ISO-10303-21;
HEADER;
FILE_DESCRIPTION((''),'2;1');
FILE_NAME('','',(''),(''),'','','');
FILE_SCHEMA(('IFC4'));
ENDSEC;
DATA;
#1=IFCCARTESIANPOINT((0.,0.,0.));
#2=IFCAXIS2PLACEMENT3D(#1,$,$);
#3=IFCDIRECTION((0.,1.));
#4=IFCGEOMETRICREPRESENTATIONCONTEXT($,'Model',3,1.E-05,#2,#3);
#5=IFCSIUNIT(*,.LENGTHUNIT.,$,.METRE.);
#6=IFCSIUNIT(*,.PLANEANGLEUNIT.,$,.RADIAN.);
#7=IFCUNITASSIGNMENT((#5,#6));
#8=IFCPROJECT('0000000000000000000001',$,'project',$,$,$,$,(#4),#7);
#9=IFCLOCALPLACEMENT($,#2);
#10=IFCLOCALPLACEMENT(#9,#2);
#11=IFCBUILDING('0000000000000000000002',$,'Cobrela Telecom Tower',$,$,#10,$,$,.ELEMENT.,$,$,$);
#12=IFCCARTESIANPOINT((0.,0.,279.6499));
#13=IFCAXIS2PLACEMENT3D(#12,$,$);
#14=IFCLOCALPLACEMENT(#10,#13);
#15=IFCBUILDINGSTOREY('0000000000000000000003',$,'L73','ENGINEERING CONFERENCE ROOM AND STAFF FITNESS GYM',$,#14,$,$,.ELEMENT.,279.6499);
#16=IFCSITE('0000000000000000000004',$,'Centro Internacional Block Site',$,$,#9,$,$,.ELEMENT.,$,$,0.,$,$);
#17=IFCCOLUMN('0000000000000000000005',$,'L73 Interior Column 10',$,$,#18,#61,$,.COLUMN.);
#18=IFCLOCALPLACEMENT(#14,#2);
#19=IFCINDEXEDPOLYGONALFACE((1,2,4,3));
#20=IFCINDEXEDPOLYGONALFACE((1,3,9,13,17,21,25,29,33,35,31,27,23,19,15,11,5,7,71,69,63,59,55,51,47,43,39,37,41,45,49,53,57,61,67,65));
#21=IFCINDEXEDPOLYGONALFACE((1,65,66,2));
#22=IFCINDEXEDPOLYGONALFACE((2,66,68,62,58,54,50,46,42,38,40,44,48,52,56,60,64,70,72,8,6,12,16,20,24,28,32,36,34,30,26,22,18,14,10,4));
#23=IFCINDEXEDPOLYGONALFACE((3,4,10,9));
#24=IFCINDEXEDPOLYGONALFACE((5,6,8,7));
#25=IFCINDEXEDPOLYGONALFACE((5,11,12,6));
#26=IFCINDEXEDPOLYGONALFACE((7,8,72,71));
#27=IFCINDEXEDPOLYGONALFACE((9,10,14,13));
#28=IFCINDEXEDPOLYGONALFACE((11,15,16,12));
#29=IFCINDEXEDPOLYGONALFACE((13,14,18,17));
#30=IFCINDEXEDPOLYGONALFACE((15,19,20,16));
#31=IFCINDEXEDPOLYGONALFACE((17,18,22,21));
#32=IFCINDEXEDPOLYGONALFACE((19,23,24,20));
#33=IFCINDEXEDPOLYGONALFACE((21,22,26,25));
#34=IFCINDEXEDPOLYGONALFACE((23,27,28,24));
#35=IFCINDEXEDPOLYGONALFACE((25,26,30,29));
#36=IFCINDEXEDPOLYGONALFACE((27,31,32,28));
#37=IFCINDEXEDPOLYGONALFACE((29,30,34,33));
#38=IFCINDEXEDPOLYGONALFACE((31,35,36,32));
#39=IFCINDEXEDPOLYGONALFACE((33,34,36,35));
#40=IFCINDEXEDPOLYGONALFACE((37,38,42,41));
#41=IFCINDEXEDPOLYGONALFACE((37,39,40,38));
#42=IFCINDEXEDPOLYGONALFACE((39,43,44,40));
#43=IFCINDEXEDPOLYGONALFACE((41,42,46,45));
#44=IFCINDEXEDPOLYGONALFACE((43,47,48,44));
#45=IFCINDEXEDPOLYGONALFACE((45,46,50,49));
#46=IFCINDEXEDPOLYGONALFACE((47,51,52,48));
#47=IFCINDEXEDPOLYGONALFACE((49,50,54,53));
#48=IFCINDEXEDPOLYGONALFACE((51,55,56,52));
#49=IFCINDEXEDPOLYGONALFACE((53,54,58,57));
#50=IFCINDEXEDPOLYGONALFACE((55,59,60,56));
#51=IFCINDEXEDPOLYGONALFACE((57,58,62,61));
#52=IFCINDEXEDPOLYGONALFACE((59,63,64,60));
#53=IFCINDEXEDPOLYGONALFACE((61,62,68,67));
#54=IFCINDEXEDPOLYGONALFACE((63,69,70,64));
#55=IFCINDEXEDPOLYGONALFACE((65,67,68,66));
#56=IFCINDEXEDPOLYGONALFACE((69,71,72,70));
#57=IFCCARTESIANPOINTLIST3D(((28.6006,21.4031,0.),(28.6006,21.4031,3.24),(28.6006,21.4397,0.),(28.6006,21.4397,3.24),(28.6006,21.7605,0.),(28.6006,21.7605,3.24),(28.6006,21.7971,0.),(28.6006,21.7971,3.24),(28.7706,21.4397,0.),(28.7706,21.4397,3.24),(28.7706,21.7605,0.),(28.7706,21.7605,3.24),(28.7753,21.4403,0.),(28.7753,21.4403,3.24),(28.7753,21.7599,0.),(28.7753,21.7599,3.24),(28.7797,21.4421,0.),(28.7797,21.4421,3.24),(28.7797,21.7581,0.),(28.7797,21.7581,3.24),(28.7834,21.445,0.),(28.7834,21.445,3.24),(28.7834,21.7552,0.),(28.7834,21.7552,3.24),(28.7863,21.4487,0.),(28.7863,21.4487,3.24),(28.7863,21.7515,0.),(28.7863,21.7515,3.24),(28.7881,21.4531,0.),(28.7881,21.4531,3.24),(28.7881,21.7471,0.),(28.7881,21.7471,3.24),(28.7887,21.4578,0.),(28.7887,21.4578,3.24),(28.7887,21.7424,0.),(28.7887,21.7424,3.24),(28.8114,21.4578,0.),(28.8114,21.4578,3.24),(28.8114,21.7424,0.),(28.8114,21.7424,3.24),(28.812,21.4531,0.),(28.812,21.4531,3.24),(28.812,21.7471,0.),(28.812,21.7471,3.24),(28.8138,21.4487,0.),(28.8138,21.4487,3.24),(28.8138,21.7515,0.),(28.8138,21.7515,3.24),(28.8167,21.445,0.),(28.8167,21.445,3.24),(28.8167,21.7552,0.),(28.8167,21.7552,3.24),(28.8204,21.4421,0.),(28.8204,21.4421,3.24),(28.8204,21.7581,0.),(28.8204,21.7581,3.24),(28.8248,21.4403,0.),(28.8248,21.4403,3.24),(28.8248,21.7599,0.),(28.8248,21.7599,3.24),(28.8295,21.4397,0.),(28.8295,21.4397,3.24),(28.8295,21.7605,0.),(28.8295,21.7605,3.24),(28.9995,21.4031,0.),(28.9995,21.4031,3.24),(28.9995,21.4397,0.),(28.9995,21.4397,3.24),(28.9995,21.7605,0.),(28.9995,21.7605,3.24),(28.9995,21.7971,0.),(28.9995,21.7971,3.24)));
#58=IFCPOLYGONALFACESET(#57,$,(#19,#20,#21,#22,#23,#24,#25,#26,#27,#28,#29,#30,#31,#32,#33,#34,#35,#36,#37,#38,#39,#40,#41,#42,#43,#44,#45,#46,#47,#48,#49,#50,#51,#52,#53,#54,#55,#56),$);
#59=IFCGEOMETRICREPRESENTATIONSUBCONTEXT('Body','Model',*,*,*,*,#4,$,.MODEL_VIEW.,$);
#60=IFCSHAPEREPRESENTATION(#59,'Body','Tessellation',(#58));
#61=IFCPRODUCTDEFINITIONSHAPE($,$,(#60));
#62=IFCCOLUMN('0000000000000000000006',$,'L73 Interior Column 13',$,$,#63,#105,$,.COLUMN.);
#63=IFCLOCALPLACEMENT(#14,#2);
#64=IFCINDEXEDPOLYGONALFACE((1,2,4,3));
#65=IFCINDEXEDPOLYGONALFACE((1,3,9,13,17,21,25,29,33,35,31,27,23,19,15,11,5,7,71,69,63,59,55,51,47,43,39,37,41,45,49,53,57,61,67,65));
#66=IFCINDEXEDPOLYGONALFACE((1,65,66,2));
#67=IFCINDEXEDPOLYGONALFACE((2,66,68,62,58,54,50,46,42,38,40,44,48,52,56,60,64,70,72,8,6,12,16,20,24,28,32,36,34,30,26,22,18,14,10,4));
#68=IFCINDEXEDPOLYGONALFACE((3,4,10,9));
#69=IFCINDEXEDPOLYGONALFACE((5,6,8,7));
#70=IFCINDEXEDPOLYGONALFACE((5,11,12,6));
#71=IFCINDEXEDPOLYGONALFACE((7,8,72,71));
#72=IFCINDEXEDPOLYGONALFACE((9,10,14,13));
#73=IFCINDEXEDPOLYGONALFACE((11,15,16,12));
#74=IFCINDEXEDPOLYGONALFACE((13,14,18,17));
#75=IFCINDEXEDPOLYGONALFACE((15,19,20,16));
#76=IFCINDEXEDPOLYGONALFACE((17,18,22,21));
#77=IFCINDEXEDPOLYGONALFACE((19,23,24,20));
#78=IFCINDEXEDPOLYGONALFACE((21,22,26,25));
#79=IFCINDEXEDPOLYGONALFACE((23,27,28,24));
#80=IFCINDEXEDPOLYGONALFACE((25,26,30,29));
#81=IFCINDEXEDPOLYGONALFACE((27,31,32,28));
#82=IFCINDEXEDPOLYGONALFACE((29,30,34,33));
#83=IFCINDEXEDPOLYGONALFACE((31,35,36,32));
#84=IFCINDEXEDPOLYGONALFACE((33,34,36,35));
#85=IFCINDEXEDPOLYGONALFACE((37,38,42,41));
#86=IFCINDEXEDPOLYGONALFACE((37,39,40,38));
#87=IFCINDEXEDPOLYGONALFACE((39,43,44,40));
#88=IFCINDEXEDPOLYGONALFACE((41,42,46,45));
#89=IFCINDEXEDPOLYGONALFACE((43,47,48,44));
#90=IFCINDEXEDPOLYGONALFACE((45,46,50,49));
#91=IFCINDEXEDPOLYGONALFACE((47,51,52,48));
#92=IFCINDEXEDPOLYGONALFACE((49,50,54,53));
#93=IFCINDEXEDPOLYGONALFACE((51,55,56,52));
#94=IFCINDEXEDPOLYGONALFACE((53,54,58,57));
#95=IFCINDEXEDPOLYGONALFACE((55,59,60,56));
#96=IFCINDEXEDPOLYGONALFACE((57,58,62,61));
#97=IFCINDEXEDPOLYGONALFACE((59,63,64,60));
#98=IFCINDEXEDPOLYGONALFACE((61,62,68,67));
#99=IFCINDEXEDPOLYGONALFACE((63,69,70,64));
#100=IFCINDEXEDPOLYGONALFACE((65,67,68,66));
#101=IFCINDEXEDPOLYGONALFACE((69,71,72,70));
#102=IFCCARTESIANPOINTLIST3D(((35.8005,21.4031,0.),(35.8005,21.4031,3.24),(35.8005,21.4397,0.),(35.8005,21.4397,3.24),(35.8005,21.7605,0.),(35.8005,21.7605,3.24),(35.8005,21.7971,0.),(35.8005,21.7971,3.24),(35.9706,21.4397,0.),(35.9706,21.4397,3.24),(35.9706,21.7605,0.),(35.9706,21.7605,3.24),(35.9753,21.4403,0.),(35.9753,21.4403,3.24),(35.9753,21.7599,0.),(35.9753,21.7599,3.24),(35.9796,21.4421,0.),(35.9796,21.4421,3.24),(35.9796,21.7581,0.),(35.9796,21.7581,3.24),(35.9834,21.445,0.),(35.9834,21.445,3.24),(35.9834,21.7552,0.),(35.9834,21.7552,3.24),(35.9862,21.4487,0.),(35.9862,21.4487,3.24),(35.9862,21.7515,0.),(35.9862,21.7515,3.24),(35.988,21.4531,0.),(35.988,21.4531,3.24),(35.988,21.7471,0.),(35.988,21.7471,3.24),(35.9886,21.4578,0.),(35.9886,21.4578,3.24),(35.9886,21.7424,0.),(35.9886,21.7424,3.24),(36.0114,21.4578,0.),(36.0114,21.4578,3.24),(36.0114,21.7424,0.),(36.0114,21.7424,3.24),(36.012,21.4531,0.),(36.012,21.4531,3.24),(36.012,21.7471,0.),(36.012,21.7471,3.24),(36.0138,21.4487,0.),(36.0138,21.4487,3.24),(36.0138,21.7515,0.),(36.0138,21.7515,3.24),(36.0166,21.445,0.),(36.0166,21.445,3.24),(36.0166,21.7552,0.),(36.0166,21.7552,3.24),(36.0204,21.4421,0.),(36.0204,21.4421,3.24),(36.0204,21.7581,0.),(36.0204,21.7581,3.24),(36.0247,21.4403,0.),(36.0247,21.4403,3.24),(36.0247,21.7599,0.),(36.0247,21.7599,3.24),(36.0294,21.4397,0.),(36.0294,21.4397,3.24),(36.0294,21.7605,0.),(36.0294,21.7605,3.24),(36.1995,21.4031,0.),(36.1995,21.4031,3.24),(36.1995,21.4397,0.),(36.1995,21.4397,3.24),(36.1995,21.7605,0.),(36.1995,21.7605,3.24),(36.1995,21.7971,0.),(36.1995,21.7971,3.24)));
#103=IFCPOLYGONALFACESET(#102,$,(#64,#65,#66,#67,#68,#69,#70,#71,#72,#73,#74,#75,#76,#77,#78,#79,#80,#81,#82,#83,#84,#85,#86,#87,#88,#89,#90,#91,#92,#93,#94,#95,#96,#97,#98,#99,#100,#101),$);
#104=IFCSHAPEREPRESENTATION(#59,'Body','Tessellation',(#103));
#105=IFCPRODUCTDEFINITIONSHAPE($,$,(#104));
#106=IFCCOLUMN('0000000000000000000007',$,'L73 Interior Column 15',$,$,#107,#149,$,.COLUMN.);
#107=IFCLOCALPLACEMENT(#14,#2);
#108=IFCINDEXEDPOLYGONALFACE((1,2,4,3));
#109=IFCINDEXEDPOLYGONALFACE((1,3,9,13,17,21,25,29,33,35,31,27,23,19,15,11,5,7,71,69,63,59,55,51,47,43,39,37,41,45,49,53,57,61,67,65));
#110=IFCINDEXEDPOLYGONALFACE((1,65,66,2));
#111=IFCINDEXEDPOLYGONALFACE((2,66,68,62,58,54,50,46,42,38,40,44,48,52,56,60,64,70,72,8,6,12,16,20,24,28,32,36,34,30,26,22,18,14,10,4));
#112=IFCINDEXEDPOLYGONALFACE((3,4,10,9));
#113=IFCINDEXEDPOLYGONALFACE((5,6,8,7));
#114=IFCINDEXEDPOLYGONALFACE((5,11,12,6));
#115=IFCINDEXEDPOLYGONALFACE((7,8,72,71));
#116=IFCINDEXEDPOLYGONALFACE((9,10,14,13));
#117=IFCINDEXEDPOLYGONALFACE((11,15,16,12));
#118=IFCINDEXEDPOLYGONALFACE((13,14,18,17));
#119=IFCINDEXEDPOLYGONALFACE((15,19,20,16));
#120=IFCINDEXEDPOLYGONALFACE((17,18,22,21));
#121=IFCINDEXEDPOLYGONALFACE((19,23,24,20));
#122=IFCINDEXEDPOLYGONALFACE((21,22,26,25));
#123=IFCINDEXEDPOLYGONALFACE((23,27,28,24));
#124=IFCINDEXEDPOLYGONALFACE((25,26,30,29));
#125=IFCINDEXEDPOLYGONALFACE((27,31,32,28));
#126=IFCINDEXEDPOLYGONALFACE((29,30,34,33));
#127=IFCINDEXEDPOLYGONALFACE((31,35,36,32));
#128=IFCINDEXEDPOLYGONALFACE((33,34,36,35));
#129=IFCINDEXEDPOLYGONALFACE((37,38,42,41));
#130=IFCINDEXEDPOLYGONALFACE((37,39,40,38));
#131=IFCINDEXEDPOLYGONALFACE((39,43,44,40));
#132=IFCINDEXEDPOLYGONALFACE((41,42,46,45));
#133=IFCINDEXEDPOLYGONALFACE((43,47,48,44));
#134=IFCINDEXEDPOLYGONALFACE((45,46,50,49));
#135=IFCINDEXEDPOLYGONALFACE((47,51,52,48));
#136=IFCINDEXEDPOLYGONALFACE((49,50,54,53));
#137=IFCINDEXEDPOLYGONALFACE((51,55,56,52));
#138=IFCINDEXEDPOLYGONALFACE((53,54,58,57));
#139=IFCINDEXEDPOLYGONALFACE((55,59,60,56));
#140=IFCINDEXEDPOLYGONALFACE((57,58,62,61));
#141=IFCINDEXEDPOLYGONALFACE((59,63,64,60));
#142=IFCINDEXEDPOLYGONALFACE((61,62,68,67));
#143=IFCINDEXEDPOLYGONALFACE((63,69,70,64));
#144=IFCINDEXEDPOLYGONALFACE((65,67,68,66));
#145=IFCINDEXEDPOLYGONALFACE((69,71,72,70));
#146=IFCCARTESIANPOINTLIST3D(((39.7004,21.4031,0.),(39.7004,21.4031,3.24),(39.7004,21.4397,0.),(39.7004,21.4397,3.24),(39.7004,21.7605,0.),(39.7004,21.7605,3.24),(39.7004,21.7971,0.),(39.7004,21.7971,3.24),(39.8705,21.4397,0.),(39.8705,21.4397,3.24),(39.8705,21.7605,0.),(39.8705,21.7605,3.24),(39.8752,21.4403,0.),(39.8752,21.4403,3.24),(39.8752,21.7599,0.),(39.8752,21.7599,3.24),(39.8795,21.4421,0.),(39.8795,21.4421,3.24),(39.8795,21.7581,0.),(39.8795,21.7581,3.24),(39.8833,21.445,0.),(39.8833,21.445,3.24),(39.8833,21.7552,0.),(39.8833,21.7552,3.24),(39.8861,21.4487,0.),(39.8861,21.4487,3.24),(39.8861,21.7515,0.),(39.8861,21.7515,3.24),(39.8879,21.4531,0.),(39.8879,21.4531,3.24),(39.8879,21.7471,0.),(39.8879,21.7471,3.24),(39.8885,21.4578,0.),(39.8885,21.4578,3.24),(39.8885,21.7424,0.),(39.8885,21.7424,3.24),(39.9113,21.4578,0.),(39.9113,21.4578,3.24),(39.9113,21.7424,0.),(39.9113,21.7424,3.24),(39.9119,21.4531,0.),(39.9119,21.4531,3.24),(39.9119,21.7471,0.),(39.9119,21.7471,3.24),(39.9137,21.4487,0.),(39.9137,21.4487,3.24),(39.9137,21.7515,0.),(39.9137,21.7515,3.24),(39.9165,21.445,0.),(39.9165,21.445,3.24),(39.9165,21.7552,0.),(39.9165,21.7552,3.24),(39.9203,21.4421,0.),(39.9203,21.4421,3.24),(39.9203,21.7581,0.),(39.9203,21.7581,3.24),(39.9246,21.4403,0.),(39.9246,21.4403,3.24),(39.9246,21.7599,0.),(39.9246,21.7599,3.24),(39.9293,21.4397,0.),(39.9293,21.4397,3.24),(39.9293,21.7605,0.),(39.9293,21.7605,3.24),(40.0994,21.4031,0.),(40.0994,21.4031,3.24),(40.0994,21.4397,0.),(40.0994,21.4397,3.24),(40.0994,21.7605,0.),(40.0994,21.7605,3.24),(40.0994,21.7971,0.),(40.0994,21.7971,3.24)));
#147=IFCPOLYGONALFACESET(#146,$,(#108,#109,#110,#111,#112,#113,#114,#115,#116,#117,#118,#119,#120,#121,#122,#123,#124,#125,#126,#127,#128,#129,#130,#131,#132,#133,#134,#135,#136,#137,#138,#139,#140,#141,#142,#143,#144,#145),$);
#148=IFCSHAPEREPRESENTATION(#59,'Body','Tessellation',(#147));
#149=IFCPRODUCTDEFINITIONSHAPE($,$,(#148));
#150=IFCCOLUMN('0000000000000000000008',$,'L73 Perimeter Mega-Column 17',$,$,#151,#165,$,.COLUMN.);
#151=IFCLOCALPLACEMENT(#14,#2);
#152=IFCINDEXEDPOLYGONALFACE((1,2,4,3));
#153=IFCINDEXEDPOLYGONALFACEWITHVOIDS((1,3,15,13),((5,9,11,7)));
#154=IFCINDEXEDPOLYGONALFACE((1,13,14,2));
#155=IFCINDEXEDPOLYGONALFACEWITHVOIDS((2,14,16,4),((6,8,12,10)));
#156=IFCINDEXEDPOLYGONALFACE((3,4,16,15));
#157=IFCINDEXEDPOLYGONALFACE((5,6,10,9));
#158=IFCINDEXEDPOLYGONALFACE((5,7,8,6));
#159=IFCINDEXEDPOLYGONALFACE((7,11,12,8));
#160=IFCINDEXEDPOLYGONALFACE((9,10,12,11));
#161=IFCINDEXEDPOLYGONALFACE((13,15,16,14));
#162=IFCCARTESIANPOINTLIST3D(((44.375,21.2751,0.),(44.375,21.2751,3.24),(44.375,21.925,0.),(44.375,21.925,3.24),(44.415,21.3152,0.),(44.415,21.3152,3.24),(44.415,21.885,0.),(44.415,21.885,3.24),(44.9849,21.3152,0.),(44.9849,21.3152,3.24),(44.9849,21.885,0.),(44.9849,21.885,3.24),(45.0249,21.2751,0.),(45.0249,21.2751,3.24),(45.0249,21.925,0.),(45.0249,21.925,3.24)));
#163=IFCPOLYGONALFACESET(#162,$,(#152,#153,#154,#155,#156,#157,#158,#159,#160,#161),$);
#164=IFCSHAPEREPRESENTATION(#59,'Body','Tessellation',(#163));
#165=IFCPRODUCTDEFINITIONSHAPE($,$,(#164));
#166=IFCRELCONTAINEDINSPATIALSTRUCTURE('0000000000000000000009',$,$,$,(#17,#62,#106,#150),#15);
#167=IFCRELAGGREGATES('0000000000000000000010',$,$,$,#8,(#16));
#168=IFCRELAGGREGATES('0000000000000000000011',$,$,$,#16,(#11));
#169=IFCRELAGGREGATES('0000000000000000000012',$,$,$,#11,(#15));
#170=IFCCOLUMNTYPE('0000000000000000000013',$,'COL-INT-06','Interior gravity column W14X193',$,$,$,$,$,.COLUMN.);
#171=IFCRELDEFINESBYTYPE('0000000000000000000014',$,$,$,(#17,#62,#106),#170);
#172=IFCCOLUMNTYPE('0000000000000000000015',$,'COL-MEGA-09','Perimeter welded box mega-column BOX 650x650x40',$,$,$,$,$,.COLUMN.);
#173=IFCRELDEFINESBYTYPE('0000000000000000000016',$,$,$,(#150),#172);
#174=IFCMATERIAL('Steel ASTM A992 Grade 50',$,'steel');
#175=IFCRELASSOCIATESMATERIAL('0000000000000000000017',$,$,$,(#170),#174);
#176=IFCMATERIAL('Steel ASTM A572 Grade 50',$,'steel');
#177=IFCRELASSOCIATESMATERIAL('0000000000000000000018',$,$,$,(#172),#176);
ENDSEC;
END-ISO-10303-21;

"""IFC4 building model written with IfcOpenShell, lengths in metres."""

from ifc_helpers import new_model, si_unit, direction, frame, origin, origin_2d, place, context, subcontext, project, spatial, hollow_rectangle, i_section, extrude, material, material_profile, profile_set, type_object, element, save


model = new_model("IFC4")

# Units and contexts
model_context = context("Model", 3, precision=1e-05, world=origin(), true_north=direction((0.0, 1.0)))
body_context = subcontext(model_context, "Body", "Model", "MODEL_VIEW")
ifc_project = project(units=[si_unit("LENGTHUNIT", "METRE"), si_unit("PLANEANGLEUNIT", "RADIAN")], contexts=[model_context])

# Site, building, storey
site_placement = place(None, origin())
site = spatial("IfcSite", under=ifc_project, at=site_placement, Name="Centro Internacional Block Site", CompositionType="ELEMENT", RefElevation=0.0)
building_placement = place(site_placement, origin())
building = spatial("IfcBuilding", under=site, at=building_placement, Name="Cobrela Telecom Tower", CompositionType="ELEMENT")
storey_placement = place(building_placement, frame((0.0, 0.0, 279.6499)))
storey = spatial("IfcBuildingStorey", under=building, at=storey_placement, Name="L73", Description="ENGINEERING CONFERENCE ROOM AND STAFF FITNESS GYM", CompositionType="ELEMENT", Elevation=279.6499)

# Columns
ifc_material_1 = material(Name="Steel ASTM A992 Grade 50", Category="steel")
ifc_material_profile_1 = material_profile(ifc_material_1, i_section(OverallWidth=0.3989, OverallDepth=0.394, WebThickness=0.0227, FlangeThickness=0.0366, FilletRadius=0.0181, at=origin_2d()), Name="W14X193")
ifc_profile_set_1 = profile_set([ifc_material_profile_1], Name="Steel ASTM A992 Grade 50")
column_type_1 = type_object("IfcColumnType", Name="COL-INT-06", Description="Interior gravity column W14X193", PredefinedType="COLUMN", material=ifc_profile_set_1)
for number, where, z_axis, x_axis, name in (
    (1, (28.8, 21.6001, 0.0), (0.0, 0.0, 1.0), (1.0, 0.0, 0.0), "L73 Interior Column 10"),
    (2, (36.0, 21.6001, 0.0), (0.0, 0.0, 1.0), (1.0, 0.0, 0.0), "L73 Interior Column 13"),
    (3, (39.8999, 21.6001, 0.0), (0.0, 0.0, 1.0), (1.0, 0.0, 0.0), "L73 Interior Column 15"),
):
    element("IfcColumn", number, at=place(storey_placement, frame(where, z_axis=z_axis, x_axis=x_axis)), inside=storey, type_object=column_type_1, Name=name, PredefinedType="COLUMN", context=body_context, shape_type="SweptSolid", body=[
        extrude(i_section(OverallWidth=0.3989, OverallDepth=0.394, WebThickness=0.0227, FlangeThickness=0.0366, FilletRadius=0.0181, at=origin_2d()), origin(), (0.0, 0.0, 1.0), 3.24),
    ])
ifc_material_2 = material(Name="Steel ASTM A572 Grade 50", Category="steel")
ifc_material_profile_2 = material_profile(ifc_material_2, hollow_rectangle(XDim=0.6499, YDim=0.6499, WallThickness=0.04, at=origin_2d()), Name="BOX 650x650x40")
ifc_profile_set_2 = profile_set([ifc_material_profile_2], Name="Steel ASTM A572 Grade 50")
column_type_2 = type_object("IfcColumnType", Name="COL-MEGA-09", Description="Perimeter welded box mega-column BOX 650x650x40", PredefinedType="COLUMN", material=ifc_profile_set_2)
column_placement = place(storey_placement, frame((44.7, 21.6001, 0.0), z_axis=(0.0, 0.0, 1.0), x_axis=(1.0, 0.0, 0.0)))
element("IfcColumn", 4, at=column_placement, inside=storey, type_object=column_type_2, Name="L73 Perimeter Mega-Column 17", PredefinedType="COLUMN", context=body_context, shape_type="SweptSolid", body=[
    extrude(hollow_rectangle(XDim=0.6499, YDim=0.6499, WallThickness=0.04, at=origin_2d()), origin(), (0.0, 0.0, 1.0), 3.24),
])

save(model, "model.ifc")
